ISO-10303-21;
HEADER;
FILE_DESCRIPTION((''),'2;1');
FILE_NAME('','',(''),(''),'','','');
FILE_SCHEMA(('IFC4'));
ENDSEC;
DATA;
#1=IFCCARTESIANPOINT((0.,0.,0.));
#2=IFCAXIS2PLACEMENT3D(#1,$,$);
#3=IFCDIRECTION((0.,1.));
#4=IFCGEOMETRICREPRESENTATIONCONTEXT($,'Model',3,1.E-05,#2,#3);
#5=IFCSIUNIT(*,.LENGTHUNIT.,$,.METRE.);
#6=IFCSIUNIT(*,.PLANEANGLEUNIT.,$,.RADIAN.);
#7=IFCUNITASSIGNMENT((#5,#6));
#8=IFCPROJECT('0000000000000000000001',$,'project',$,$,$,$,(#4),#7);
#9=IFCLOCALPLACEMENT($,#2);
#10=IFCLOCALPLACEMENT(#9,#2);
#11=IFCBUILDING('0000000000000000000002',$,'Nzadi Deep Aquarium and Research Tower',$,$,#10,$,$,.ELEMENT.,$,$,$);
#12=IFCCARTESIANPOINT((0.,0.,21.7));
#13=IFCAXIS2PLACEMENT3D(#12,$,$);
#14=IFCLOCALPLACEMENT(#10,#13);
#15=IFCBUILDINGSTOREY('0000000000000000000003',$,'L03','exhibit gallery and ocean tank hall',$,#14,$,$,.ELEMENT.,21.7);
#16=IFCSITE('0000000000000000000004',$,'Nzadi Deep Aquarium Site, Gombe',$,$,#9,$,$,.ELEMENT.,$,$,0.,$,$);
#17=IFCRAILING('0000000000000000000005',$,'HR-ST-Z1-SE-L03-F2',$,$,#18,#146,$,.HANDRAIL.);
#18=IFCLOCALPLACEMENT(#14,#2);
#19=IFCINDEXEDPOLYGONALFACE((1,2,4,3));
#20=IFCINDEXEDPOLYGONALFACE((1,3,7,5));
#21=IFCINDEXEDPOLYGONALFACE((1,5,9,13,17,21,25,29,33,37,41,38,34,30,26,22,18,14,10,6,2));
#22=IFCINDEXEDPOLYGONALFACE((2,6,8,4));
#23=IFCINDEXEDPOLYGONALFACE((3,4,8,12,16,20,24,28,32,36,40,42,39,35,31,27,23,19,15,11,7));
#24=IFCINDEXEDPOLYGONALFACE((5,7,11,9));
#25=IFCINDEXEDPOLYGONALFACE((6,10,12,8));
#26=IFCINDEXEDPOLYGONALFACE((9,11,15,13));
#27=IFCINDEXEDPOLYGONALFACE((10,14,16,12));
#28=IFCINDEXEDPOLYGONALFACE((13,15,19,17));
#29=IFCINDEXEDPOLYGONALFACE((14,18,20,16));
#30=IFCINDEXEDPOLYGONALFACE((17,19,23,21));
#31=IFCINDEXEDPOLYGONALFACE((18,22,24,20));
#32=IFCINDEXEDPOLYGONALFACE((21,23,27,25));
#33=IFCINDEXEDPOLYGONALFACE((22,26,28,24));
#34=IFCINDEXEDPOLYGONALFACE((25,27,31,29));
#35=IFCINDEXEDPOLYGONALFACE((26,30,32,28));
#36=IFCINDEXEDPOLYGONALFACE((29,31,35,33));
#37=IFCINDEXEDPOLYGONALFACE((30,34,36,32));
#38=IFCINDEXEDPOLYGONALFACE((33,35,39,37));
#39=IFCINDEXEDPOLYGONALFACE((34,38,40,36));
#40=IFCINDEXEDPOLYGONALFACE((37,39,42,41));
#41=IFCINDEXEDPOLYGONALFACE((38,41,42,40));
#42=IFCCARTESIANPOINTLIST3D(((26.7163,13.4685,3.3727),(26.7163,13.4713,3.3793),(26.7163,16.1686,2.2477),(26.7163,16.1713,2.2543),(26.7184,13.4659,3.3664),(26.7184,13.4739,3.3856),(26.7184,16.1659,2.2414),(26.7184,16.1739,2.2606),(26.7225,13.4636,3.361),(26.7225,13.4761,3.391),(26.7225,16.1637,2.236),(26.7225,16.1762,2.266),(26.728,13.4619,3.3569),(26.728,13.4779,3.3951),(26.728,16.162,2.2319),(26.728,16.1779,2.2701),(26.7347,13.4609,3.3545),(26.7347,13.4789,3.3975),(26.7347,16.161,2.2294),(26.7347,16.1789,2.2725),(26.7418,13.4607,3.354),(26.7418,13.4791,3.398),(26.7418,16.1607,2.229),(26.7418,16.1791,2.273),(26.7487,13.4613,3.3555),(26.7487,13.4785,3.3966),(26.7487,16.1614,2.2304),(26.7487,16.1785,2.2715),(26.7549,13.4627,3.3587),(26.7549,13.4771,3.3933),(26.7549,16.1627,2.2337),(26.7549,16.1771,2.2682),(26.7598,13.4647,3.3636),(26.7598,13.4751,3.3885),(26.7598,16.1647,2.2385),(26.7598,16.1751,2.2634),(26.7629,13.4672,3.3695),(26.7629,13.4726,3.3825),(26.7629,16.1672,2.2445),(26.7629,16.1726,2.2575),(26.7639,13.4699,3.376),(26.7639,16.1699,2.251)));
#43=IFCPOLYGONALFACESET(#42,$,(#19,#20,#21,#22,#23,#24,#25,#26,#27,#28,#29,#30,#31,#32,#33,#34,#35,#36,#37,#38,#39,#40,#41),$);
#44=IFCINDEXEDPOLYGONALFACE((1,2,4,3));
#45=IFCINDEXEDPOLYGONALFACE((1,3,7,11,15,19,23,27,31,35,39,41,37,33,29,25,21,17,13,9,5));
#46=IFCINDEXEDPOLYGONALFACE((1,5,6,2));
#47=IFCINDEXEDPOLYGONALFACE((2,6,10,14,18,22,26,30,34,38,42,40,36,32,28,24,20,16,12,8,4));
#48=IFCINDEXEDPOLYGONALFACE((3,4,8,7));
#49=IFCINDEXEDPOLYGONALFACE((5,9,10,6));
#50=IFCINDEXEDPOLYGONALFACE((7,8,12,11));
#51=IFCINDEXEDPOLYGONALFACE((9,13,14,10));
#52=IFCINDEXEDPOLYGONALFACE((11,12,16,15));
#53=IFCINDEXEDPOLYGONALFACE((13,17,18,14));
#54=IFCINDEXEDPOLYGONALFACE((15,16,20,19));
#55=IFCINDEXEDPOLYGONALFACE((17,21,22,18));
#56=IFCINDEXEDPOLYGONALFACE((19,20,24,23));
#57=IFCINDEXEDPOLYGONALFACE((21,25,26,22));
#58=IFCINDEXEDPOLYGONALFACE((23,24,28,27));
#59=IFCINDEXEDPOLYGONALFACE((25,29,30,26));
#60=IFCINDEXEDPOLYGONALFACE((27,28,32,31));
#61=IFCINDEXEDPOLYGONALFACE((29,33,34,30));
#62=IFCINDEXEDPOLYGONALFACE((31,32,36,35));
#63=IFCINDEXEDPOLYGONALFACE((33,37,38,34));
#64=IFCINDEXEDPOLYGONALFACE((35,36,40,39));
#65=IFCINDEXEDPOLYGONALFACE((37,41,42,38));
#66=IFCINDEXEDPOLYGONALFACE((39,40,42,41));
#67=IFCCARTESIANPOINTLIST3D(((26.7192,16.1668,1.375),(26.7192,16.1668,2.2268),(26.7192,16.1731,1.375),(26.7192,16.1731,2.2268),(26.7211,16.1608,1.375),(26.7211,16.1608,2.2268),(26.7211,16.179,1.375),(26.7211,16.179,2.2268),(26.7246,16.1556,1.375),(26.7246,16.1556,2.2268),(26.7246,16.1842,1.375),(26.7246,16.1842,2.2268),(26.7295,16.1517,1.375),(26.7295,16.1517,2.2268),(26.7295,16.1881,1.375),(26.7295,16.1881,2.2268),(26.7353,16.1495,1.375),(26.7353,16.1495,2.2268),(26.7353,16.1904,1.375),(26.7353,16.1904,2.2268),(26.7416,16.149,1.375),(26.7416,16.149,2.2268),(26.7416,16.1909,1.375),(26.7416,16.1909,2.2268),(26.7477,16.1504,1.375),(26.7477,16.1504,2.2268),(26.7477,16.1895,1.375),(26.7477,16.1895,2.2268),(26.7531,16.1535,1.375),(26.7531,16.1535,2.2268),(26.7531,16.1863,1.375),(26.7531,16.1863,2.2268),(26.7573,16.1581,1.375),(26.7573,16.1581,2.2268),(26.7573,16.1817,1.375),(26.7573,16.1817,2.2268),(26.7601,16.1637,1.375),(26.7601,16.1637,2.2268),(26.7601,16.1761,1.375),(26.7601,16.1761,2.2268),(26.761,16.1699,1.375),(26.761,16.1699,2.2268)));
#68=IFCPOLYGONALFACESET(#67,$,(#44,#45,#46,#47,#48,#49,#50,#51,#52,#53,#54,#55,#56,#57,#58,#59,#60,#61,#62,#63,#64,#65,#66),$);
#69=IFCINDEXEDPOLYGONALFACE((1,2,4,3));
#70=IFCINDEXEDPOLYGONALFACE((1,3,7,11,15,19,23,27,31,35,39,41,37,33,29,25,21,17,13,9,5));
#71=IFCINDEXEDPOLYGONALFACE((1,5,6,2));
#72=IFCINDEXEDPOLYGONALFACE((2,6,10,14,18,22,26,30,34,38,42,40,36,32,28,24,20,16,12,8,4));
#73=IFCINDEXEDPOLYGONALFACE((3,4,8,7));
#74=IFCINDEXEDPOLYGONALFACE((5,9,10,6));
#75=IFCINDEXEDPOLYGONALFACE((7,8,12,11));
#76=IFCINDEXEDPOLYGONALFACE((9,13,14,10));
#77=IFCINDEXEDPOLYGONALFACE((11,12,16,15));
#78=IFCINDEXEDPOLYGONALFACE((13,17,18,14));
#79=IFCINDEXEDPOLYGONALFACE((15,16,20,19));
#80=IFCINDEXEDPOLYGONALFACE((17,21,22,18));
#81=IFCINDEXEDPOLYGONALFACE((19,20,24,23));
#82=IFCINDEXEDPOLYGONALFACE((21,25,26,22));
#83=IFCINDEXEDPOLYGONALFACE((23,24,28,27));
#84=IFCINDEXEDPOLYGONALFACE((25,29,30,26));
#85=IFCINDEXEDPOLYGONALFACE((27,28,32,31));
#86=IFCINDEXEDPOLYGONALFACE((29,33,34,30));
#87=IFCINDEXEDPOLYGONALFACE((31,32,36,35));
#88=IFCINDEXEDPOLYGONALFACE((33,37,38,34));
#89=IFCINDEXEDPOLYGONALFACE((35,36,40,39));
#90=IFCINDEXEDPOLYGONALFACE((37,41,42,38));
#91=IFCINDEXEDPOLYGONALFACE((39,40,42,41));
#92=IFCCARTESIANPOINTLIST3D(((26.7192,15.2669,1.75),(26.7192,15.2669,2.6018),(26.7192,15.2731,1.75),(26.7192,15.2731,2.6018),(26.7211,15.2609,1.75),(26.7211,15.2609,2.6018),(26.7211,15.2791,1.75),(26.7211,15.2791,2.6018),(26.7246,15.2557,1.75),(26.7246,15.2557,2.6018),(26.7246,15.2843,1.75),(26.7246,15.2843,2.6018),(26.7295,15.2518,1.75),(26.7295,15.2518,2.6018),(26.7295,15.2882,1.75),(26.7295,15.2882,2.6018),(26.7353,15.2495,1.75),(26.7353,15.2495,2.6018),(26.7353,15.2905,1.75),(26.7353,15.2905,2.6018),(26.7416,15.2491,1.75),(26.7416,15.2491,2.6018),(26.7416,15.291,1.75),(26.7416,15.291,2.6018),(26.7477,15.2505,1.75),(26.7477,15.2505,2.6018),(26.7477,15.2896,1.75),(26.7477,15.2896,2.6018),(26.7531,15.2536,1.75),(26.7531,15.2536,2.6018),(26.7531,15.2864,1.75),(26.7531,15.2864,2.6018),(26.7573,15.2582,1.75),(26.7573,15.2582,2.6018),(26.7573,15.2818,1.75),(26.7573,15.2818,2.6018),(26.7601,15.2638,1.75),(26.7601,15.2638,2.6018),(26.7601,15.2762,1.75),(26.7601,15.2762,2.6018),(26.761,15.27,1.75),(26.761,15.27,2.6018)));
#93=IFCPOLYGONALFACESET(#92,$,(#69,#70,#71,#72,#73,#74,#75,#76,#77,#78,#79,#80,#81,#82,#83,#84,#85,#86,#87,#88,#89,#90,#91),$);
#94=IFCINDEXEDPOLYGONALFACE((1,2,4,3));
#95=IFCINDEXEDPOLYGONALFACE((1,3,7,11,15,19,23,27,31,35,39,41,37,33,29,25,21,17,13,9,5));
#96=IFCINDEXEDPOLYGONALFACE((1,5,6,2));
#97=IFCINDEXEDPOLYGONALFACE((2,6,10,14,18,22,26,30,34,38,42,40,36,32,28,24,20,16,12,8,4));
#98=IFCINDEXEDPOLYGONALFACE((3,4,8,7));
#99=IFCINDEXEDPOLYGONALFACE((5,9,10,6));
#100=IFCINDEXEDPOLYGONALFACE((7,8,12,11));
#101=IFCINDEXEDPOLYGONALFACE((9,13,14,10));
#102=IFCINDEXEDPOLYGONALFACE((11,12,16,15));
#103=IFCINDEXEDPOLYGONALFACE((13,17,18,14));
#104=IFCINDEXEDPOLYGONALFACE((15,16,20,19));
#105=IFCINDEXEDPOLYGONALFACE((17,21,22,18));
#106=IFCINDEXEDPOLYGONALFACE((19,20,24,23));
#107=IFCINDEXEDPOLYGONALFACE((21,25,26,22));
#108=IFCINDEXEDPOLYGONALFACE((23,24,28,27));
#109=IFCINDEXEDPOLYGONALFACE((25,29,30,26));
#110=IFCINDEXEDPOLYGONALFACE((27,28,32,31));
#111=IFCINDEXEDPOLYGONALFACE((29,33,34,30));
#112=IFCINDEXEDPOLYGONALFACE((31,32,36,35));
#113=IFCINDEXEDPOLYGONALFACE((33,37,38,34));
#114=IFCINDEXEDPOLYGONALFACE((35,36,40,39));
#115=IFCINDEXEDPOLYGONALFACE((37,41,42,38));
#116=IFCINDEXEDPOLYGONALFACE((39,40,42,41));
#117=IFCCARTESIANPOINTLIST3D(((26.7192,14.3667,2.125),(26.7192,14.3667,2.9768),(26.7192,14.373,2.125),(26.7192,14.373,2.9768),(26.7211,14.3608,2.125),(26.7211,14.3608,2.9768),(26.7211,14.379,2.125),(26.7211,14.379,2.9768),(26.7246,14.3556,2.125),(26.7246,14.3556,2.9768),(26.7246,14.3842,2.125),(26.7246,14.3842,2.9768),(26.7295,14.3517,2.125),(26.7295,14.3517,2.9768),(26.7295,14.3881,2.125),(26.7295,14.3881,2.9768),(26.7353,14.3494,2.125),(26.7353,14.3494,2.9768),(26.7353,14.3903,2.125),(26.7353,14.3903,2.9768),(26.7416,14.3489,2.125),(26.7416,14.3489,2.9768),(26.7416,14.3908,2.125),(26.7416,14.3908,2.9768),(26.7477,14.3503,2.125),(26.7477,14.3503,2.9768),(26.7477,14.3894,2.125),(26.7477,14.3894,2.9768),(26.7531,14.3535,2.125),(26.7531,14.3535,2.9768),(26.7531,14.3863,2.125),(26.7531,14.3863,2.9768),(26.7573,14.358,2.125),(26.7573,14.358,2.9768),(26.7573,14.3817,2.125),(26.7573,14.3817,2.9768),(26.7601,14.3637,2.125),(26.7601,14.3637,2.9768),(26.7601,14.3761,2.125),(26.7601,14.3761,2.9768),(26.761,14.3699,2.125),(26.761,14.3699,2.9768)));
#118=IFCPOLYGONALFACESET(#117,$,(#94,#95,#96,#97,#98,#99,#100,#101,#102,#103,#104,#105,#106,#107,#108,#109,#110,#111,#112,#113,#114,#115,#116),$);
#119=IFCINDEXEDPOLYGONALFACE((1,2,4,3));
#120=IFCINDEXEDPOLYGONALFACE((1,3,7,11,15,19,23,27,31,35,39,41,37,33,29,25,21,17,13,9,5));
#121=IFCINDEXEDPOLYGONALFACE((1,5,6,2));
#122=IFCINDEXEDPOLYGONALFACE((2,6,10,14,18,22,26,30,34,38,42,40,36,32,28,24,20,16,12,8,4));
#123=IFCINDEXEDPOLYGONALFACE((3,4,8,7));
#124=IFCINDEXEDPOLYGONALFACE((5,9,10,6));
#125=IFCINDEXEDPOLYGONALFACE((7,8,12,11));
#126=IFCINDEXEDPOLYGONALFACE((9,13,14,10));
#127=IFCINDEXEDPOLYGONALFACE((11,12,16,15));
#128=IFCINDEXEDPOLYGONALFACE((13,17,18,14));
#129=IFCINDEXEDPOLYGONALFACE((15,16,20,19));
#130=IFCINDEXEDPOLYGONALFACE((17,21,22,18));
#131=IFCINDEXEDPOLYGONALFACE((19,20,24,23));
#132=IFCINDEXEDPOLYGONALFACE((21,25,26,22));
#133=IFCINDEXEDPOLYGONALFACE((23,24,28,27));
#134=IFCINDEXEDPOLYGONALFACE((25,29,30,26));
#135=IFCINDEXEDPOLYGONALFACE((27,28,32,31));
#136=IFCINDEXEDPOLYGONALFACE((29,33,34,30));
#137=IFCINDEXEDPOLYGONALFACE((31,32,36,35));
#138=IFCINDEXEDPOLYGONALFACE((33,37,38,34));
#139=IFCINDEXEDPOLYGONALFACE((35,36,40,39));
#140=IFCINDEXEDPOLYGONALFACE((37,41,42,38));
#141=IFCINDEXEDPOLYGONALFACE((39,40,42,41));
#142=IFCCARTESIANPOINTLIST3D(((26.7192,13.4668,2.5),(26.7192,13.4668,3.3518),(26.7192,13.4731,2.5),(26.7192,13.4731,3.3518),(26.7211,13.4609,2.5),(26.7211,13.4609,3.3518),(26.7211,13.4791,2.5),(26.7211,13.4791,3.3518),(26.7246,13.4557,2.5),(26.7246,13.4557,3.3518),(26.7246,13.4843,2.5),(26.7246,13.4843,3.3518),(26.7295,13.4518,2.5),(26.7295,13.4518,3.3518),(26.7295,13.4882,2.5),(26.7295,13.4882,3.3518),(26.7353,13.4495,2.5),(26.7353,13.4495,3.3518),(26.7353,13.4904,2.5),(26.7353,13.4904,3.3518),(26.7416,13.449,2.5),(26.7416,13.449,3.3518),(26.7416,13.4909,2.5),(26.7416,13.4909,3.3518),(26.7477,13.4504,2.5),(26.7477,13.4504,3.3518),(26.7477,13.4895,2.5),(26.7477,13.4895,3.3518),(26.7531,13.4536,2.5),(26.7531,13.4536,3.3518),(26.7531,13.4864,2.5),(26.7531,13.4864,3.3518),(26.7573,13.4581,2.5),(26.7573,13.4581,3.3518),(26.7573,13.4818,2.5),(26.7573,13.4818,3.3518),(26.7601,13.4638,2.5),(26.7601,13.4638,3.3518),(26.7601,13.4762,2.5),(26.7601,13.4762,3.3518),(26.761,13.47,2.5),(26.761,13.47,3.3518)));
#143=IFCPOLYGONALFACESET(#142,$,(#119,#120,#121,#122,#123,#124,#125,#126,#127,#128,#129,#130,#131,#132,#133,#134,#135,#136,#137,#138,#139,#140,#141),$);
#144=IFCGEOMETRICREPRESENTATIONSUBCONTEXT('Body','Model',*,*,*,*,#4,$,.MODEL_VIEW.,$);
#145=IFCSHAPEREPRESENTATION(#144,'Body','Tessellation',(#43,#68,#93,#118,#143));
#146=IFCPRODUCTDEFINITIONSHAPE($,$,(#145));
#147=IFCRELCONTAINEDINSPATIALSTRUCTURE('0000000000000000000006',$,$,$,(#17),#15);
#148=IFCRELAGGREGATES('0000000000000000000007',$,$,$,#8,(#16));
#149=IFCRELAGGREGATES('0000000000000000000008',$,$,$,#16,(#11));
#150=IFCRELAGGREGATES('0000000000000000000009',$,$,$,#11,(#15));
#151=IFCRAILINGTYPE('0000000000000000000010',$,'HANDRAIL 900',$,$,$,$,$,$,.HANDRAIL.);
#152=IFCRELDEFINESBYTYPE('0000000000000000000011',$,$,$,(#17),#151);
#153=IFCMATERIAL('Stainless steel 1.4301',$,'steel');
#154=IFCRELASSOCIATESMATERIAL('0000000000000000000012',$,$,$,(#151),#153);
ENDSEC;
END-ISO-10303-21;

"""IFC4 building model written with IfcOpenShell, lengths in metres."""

from ifc_helpers import new_model, si_unit, direction, frame, origin, origin_2d, place, context, subcontext, project, spatial, circle, extrude, material, type_object, element, save


model = new_model("IFC4")

# Units and contexts
model_context = context("Model", 3, precision=1e-05, world=origin(), true_north=direction((0.0, 1.0)))
body_context = subcontext(model_context, "Body", "Model", "MODEL_VIEW")
ifc_project = project(units=[si_unit("LENGTHUNIT", "METRE"), si_unit("PLANEANGLEUNIT", "RADIAN")], contexts=[model_context])

# Site, building, storey
site_placement = place(None, origin())
site = spatial("IfcSite", under=ifc_project, at=site_placement, Name="Nzadi Deep Aquarium Site, Gombe", CompositionType="ELEMENT", RefElevation=0.0)
building_placement = place(site_placement, origin())
building = spatial("IfcBuilding", under=site, at=building_placement, Name="Nzadi Deep Aquarium and Research Tower", CompositionType="ELEMENT")
storey_placement = place(building_placement, frame((0.0, 0.0, 21.7)))
storey = spatial("IfcBuildingStorey", under=building, at=storey_placement, Name="L03", Description="exhibit gallery and ocean tank hall", CompositionType="ELEMENT", Elevation=21.7)

# Railing
ifc_material_1 = material(Name="Stainless steel 1.4301", Category="steel")
railing_type = type_object("IfcRailingType", Name="HANDRAIL 900", PredefinedType="HANDRAIL", material=ifc_material_1)
for number, where, name in (
    (1, (26.74, 16.1699, 1.375), "HR-ST-Z1-SE-L03-F2"),
):
    element("IfcRailing", number, at=place(storey_placement, frame(where)), inside=storey, type_object=railing_type, Name=name, PredefinedType="HANDRAIL", context=body_context, shape_type="SweptSolid", body=[
        extrude(circle(Radius=0.0239, at=origin_2d()), frame((0.0, 0.0, 0.876), z_axis=(0.0, -0.923074, 0.384621), x_axis=(1.0, 0.0, 0.0)), (0.0, 0.0, 1.0), 2.925),
        extrude(circle(Radius=0.021, at=origin_2d()), origin(), (0.0, 0.0, 1.0), 0.8518),
        extrude(circle(Radius=0.021, at=origin_2d()), frame((0.0, -0.8999, 0.375)), (0.0, 0.0, 1.0), 0.8518),
        extrude(circle(Radius=0.021, at=origin_2d()), frame((0.0, -1.8, 0.75)), (0.0, 0.0, 1.0), 0.8518),
        extrude(circle(Radius=0.021, at=origin_2d()), frame((0.0, -2.7, 1.125)), (0.0, 0.0, 1.0), 0.8518),
    ])

save(model, "model.ifc")
